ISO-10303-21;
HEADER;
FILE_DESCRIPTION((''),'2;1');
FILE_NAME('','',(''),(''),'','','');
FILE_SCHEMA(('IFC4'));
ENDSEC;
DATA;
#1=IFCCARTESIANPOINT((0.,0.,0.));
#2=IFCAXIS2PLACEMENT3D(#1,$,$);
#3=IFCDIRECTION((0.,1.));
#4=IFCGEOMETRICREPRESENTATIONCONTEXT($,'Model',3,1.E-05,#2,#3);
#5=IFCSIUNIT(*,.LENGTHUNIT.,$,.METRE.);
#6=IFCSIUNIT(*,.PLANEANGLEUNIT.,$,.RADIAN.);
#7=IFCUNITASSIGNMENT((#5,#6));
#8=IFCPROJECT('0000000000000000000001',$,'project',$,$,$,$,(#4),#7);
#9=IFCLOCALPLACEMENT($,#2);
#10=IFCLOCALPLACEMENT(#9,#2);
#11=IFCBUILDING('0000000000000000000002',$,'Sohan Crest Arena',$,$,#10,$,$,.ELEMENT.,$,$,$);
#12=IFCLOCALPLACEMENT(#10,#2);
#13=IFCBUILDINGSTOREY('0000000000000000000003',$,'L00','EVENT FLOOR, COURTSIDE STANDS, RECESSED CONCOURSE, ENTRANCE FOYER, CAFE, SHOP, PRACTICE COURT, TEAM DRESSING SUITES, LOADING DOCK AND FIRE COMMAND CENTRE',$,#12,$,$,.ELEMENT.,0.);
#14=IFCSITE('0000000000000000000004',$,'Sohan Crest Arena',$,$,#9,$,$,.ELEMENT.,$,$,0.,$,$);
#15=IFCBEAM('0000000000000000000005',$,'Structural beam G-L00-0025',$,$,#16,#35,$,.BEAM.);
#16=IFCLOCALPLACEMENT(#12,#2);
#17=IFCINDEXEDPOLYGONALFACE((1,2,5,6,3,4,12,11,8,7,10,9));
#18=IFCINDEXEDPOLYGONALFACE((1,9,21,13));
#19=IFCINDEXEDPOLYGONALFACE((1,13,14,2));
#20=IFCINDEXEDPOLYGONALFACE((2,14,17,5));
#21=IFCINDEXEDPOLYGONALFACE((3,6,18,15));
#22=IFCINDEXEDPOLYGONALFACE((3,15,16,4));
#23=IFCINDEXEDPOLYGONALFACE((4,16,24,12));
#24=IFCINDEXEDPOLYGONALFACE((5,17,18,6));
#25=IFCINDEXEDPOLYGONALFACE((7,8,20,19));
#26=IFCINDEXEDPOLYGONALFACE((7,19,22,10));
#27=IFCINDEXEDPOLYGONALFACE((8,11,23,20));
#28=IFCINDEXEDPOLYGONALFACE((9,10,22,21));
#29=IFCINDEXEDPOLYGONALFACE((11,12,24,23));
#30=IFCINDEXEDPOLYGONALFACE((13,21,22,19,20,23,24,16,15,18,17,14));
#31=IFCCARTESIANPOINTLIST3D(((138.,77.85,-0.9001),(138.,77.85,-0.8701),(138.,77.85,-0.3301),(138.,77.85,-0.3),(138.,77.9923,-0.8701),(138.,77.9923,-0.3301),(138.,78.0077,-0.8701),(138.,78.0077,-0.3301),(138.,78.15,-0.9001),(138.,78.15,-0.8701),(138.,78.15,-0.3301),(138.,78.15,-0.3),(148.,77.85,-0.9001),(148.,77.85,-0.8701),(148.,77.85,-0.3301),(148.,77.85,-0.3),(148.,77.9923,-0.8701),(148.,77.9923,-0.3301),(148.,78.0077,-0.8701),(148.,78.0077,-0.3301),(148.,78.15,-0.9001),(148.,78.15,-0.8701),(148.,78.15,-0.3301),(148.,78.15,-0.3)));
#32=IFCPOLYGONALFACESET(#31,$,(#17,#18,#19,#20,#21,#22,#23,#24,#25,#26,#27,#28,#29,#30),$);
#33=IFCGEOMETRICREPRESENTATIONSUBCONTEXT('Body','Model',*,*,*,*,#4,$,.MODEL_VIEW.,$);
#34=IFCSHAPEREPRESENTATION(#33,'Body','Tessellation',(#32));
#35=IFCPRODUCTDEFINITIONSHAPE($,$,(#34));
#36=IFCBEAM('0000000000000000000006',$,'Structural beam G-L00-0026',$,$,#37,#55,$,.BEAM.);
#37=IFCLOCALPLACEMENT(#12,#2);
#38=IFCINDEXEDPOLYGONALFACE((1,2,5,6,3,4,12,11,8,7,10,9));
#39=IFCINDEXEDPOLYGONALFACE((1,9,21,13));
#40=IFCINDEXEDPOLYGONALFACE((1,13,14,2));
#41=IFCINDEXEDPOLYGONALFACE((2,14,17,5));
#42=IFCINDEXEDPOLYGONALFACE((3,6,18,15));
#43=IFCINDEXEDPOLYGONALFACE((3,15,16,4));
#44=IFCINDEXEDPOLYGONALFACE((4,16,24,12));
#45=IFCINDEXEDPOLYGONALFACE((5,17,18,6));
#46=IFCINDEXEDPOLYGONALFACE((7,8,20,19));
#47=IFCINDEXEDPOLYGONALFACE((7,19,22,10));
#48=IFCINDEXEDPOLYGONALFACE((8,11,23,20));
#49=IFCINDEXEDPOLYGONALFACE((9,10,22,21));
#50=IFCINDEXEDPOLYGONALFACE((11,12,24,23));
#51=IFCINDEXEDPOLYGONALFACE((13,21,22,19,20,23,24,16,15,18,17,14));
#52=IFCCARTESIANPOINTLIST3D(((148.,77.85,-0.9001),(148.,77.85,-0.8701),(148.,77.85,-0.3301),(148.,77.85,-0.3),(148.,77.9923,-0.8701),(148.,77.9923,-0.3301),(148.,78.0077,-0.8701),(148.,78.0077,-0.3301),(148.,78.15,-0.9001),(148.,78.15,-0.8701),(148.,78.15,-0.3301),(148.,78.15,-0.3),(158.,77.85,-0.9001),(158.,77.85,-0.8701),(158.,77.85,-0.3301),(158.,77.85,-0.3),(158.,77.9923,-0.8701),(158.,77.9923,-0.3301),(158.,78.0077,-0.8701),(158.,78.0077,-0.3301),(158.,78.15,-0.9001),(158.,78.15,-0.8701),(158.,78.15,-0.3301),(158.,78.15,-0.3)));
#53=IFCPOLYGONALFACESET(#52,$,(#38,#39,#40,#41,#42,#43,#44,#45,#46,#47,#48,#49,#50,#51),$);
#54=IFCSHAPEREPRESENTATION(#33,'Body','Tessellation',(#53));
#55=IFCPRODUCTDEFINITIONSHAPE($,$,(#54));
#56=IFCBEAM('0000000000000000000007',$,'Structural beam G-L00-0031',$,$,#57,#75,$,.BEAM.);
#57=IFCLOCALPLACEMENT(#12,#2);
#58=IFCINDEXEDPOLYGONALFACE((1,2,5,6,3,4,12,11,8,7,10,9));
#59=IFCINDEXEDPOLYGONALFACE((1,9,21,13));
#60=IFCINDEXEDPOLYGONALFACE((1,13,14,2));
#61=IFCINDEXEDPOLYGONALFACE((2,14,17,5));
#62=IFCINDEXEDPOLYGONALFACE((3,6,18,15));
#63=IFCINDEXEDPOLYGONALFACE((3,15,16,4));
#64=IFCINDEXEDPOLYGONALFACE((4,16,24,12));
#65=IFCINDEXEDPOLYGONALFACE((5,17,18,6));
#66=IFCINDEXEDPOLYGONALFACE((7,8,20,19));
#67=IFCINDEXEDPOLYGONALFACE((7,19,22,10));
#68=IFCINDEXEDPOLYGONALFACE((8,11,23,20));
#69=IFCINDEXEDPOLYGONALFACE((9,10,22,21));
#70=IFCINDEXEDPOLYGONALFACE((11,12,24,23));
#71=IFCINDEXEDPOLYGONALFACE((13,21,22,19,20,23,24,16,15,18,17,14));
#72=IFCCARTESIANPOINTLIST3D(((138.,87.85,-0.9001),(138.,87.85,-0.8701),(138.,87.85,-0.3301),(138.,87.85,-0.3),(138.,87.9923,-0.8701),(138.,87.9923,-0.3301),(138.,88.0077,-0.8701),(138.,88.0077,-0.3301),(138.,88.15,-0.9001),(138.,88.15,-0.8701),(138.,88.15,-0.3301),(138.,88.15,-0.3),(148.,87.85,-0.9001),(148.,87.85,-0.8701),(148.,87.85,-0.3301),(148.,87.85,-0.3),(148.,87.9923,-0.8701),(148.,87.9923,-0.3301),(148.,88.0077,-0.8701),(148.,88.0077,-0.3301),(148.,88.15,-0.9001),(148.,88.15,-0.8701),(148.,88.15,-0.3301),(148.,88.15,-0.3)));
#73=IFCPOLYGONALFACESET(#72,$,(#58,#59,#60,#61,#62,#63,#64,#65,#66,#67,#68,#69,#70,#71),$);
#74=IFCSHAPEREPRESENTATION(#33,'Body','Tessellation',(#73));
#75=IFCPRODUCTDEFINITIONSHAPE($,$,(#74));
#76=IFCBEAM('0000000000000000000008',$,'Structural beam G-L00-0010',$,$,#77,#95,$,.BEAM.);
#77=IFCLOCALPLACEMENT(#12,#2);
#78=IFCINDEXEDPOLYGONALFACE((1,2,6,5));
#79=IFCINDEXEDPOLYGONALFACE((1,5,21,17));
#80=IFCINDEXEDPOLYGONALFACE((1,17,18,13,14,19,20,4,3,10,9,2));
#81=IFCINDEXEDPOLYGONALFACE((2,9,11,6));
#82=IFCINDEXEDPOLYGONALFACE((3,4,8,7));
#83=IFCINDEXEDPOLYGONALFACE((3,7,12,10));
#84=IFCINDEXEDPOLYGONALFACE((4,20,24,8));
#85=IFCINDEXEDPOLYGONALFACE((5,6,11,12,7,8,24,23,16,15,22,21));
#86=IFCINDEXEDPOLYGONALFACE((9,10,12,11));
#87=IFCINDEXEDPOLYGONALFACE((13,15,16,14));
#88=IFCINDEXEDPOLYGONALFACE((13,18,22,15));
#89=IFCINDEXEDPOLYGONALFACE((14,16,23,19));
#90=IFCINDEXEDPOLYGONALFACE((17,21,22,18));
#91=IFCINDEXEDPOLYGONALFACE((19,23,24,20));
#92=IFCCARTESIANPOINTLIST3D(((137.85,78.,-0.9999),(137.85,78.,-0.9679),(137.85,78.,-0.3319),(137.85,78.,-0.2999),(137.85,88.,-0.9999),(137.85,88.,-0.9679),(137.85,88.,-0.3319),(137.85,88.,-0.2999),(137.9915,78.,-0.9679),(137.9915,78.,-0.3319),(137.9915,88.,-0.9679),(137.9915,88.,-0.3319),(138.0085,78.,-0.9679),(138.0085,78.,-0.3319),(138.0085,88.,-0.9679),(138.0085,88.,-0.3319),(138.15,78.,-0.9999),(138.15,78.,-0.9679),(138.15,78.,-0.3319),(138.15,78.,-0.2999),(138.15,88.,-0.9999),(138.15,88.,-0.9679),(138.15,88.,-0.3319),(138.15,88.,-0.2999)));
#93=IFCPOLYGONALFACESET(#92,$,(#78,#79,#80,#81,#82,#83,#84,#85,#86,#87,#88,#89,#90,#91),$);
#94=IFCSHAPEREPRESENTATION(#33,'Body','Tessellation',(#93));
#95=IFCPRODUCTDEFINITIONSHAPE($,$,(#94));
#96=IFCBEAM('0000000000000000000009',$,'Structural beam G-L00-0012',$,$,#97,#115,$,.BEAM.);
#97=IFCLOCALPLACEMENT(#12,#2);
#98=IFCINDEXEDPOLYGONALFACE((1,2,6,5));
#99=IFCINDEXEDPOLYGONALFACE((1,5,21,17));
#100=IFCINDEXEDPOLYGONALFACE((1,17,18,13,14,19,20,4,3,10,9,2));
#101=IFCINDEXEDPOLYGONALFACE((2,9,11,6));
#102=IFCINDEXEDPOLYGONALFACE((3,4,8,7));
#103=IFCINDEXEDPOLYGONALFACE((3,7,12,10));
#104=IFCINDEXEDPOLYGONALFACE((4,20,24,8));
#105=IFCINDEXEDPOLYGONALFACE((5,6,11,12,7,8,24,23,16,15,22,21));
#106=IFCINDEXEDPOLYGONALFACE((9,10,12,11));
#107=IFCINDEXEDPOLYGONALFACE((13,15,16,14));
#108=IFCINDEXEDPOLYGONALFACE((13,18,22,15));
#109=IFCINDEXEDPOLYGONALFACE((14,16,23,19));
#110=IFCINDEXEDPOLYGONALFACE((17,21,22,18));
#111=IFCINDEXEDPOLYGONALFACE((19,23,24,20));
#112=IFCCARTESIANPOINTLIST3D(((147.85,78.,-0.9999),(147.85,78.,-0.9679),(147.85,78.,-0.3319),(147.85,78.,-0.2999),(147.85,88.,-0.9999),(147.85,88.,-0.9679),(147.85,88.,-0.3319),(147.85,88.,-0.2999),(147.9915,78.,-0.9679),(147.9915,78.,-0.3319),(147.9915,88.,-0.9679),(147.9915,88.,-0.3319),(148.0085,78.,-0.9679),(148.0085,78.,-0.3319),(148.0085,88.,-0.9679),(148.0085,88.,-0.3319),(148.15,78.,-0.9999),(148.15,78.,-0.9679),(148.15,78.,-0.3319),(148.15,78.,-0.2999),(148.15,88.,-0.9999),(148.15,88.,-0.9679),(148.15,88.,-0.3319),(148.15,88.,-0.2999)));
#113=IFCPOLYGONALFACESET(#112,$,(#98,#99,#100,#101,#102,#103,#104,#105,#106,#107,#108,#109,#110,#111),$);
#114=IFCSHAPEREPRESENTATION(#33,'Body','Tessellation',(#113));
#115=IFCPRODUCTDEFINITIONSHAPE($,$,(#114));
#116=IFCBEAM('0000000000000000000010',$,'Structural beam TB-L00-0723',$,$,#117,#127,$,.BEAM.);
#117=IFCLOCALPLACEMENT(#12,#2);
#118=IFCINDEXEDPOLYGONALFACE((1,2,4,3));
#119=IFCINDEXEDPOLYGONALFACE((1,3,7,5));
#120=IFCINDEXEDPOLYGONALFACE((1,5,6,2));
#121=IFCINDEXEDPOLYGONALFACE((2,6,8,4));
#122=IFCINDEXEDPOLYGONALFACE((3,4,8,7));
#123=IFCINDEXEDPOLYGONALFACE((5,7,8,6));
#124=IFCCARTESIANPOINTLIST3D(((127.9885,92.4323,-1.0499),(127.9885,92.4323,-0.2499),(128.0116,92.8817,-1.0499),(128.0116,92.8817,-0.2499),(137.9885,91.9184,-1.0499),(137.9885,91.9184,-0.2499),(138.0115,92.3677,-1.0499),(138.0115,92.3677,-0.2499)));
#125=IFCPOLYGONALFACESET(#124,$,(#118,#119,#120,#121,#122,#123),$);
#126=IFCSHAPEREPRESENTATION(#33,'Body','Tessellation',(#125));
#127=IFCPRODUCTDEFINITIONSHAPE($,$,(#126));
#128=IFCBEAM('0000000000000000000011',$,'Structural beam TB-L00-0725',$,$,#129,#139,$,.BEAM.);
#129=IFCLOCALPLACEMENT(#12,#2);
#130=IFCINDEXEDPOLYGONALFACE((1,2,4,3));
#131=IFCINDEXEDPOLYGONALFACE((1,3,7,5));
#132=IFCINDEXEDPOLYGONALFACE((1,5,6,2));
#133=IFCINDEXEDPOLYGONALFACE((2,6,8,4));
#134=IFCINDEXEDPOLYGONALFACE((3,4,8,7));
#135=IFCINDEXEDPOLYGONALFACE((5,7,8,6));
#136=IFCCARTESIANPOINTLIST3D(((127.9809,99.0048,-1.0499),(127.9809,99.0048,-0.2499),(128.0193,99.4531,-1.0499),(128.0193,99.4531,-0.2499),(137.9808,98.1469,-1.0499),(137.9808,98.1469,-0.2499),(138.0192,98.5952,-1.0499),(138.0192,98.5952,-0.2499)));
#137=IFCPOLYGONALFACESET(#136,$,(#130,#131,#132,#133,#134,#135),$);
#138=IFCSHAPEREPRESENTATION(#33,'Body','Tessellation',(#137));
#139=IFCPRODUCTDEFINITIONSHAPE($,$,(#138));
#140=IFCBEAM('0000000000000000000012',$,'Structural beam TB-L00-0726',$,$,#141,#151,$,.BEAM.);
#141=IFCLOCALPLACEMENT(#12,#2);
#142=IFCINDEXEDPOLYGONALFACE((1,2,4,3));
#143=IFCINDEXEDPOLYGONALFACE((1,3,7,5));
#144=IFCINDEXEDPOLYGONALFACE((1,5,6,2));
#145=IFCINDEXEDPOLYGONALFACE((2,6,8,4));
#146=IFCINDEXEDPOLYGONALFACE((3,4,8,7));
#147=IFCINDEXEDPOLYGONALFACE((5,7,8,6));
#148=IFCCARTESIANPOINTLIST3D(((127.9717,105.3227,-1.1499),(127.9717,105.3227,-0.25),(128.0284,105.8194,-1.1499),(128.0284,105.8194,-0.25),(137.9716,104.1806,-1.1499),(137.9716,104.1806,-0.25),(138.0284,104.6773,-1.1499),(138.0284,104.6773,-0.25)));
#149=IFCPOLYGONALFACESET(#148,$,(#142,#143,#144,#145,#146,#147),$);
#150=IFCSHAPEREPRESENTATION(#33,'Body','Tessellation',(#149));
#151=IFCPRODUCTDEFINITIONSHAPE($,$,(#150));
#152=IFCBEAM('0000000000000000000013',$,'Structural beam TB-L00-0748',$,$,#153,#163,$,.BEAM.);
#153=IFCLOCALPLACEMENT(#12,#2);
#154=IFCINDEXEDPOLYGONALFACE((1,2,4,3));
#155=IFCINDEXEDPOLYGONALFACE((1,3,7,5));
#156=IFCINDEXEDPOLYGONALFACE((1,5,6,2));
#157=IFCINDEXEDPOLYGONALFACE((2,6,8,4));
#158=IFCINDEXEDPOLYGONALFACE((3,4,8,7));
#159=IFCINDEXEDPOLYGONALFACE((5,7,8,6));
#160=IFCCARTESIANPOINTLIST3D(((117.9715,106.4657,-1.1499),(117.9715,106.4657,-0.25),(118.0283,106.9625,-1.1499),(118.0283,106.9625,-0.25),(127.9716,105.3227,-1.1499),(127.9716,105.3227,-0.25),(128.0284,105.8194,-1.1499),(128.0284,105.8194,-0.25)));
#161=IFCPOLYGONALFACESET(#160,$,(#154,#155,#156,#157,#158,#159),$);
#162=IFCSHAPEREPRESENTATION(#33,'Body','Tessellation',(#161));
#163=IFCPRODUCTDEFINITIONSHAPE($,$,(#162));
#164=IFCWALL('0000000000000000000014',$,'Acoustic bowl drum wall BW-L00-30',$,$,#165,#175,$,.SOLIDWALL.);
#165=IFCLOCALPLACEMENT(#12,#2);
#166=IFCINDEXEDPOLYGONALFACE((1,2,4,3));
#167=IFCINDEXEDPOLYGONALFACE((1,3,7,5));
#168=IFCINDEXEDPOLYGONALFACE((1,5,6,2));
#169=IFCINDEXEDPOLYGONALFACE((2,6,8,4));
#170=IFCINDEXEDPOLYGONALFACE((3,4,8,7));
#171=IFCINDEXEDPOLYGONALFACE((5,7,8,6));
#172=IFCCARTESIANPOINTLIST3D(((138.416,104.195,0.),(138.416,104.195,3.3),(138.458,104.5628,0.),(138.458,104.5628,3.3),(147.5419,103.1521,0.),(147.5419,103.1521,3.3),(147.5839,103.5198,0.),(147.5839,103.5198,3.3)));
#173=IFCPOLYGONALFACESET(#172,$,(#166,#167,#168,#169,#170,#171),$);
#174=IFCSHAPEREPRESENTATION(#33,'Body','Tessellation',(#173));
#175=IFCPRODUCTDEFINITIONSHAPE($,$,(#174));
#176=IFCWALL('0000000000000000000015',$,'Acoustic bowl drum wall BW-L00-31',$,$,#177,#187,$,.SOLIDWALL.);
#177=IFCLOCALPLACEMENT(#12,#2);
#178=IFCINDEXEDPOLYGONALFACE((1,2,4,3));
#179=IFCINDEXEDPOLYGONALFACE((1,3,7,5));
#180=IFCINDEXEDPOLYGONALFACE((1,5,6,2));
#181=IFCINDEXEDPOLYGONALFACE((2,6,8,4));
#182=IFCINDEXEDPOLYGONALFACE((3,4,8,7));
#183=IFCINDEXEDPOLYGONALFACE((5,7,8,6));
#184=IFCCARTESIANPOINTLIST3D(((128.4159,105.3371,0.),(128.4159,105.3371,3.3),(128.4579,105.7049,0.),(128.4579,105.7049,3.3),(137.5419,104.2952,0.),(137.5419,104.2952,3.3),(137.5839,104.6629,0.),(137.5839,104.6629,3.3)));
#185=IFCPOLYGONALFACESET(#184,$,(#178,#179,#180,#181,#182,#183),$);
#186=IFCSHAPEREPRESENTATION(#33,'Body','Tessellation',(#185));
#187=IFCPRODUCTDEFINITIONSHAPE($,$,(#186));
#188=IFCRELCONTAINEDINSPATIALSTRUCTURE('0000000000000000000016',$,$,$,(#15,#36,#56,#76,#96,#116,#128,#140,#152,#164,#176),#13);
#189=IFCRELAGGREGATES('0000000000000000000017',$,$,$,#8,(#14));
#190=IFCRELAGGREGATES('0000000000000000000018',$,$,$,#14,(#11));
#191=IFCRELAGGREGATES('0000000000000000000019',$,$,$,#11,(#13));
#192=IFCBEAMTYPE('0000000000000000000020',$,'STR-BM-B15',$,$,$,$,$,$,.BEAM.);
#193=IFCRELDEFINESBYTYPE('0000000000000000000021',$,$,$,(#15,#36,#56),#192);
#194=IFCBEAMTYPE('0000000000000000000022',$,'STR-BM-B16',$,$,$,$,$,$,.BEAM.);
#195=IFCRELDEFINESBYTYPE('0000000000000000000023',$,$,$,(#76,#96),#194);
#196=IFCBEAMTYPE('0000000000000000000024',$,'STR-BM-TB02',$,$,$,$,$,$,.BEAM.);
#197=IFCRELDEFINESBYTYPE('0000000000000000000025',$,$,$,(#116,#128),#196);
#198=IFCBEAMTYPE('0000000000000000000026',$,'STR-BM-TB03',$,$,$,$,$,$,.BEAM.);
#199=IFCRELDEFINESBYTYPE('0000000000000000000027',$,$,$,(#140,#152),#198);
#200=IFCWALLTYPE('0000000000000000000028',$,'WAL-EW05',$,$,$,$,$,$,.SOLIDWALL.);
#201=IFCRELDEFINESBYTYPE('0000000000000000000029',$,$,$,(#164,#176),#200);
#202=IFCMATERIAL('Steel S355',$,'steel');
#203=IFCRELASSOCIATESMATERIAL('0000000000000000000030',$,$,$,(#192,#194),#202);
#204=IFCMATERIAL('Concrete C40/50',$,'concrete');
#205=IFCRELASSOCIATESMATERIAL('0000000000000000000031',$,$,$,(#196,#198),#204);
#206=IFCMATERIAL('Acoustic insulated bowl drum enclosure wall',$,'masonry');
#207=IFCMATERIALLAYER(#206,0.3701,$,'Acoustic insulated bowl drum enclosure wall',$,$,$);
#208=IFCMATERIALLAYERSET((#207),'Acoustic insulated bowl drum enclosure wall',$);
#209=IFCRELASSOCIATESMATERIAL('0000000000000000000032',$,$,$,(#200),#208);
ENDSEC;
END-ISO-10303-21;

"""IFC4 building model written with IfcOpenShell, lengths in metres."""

from ifc_helpers import new_model, si_unit, direction, frame, frame_2d, origin, origin_2d, place, context, subcontext, project, spatial, rectangle, i_section, extrude, material, layer, layer_set, material_profile, profile_set, type_object, element, save


model = new_model("IFC4")

# Units and contexts
model_context = context("Model", 3, precision=1e-05, world=origin(), true_north=direction((0.0, 1.0)))
body_context = subcontext(model_context, "Body", "Model", "MODEL_VIEW")
ifc_project = project(units=[si_unit("LENGTHUNIT", "METRE"), si_unit("PLANEANGLEUNIT", "RADIAN")], contexts=[model_context])

# Site, building, storey
site_placement = place(None, origin())
site = spatial("IfcSite", under=ifc_project, at=site_placement, Name="Sohan Crest Arena", CompositionType="ELEMENT", RefElevation=0.0)
building_placement = place(site_placement, origin())
building = spatial("IfcBuilding", under=site, at=building_placement, Name="Sohan Crest Arena", CompositionType="ELEMENT")
storey_placement = place(building_placement, origin())
storey = spatial("IfcBuildingStorey", under=building, at=storey_placement, Name="L00", Description="EVENT FLOOR, COURTSIDE STANDS, RECESSED CONCOURSE, ENTRANCE FOYER, CAFE, SHOP, PRACTICE COURT, TEAM DRESSING SUITES, LOADING DOCK AND FIRE COMMAND CENTRE", CompositionType="ELEMENT", Elevation=0.0)

# Shared definitions
ifc_material_1 = material(Name="Concrete C40/50", Category="concrete")

# Beams
ifc_material_2 = material(Name="Steel S355", Category="steel")
ifc_material_profile_1 = material_profile(ifc_material_2, i_section(OverallWidth=0.3, OverallDepth=0.6001, WebThickness=0.0154, FlangeThickness=0.03, at=origin_2d()), Name="HEB 600")
ifc_profile_set_1 = profile_set([ifc_material_profile_1], Name="Steel S355")
beam_type_1 = type_object("IfcBeamType", Name="STR-BM-B15", PredefinedType="BEAM", material=ifc_profile_set_1)
for number, where, z_axis, x_axis, name in (
    (1, (138.0, 78.0, -0.6001), (1.0, 0.0, 0.0), (0.0, 1.0, 0.0), "Structural beam G-L00-0025"),
    (2, (148.0, 78.0, -0.6001), (1.0, 0.0, 0.0), (0.0, 1.0, 0.0), "Structural beam G-L00-0026"),
    (3, (138.0, 88.0, -0.6001), (1.0, 0.0, 0.0), (0.0, 1.0, 0.0), "Structural beam G-L00-0031"),
):
    element("IfcBeam", number, at=place(storey_placement, frame(where, z_axis=z_axis, x_axis=x_axis)), inside=storey, type_object=beam_type_1, Name=name, PredefinedType="BEAM", context=body_context, shape_type="SweptSolid", body=[
        extrude(i_section(OverallWidth=0.3, OverallDepth=0.6001, WebThickness=0.0154, FlangeThickness=0.03, at=origin_2d()), origin(), (0.0, 0.0, 1.0), 10.0),
    ])
ifc_material_profile_2 = material_profile(ifc_material_2, i_section(OverallWidth=0.3, OverallDepth=0.7, WebThickness=0.0171, FlangeThickness=0.032, at=origin_2d()), Name="HEB 700")
ifc_profile_set_2 = profile_set([ifc_material_profile_2], Name="Steel S355")
beam_type_2 = type_object("IfcBeamType", Name="STR-BM-B16", PredefinedType="BEAM", material=ifc_profile_set_2)
for number, where, z_axis, x_axis, name in (
    (4, (138.0, 78.0, -0.6499), (0.0, 1.0, 0.0), (-1.0, 0.0, 0.0), "Structural beam G-L00-0010"),
    (5, (148.0, 78.0, -0.6499), (0.0, 1.0, 0.0), (-1.0, 0.0, 0.0), "Structural beam G-L00-0012"),
):
    element("IfcBeam", number, at=place(storey_placement, frame(where, z_axis=z_axis, x_axis=x_axis)), inside=storey, type_object=beam_type_2, Name=name, PredefinedType="BEAM", context=body_context, shape_type="SweptSolid", body=[
        extrude(i_section(OverallWidth=0.3, OverallDepth=0.7, WebThickness=0.0171, FlangeThickness=0.032, at=origin_2d()), origin(), (0.0, 0.0, 1.0), 10.0),
    ])
ifc_material_profile_3 = material_profile(ifc_material_1, rectangle(XDim=0.45, YDim=0.8, at=origin_2d()), Name="RC-BM 450x800")
ifc_profile_set_3 = profile_set([ifc_material_profile_3], Name="Concrete C40/50")
beam_type_3 = type_object("IfcBeamType", Name="STR-BM-TB02", PredefinedType="BEAM", material=ifc_profile_set_3)
beam_1_placement = place(storey_placement, frame((138.0, 92.1431, -0.6499), z_axis=(-0.998682, 0.051324, 0.0), x_axis=(-0.051324, -0.998682, 0.0)))
element("IfcBeam", 6, at=beam_1_placement, inside=storey, type_object=beam_type_3, Name="Structural beam TB-L00-0723", PredefinedType="BEAM", context=body_context, shape_type="SweptSolid", body=[
    extrude(rectangle(XDim=0.45, YDim=0.8, at=origin_2d()), origin(), (0.0, 0.0, 1.0), 10.0132),
])
beam_2_placement = place(storey_placement, frame((138.0, 98.3711, -0.6499), z_axis=(-0.99634, 0.085477, 0.0), x_axis=(-0.085477, -0.99634, 0.0)))
element("IfcBeam", 7, at=beam_2_placement, inside=storey, type_object=beam_type_3, Name="Structural beam TB-L00-0725", PredefinedType="BEAM", context=body_context, shape_type="SweptSolid", body=[
    extrude(rectangle(XDim=0.45, YDim=0.8, at=origin_2d()), origin(), (0.0, 0.0, 1.0), 10.0366),
])
ifc_material_profile_4 = material_profile(ifc_material_1, rectangle(XDim=0.5, YDim=0.8999, at=origin_2d()), Name="RC-BM 500x900")
ifc_profile_set_4 = profile_set([ifc_material_profile_4], Name="Concrete C40/50")
beam_type_4 = type_object("IfcBeamType", Name="STR-BM-TB03", PredefinedType="BEAM", material=ifc_profile_set_4)
beam_3_placement = place(storey_placement, frame((138.0, 104.429, -0.7), z_axis=(-0.993541, 0.113471, 0.0), x_axis=(-0.113471, -0.993541, 0.0)))
element("IfcBeam", 8, at=beam_3_placement, inside=storey, type_object=beam_type_4, Name="Structural beam TB-L00-0726", PredefinedType="BEAM", context=body_context, shape_type="SweptSolid", body=[
    extrude(rectangle(XDim=0.5, YDim=0.8999, at=origin_2d()), origin(), (0.0, 0.0, 1.0), 10.0649),
])
beam_4_placement = place(storey_placement, frame((128.0, 105.571, -0.7), z_axis=(-0.99353, 0.113567, 0.0), x_axis=(-0.113567, -0.99353, 0.0)))
element("IfcBeam", 9, at=beam_4_placement, inside=storey, type_object=beam_type_4, Name="Structural beam TB-L00-0748", PredefinedType="BEAM", context=body_context, shape_type="SweptSolid", body=[
    extrude(rectangle(XDim=0.5, YDim=0.8999, at=origin_2d()), origin(), (0.0, 0.0, 1.0), 10.0652),
])

# Walls
ifc_material_3 = material(Name="Acoustic insulated bowl drum enclosure wall", Category="masonry")
ifc_layer = layer(ifc_material_3, 0.3701, Name="Acoustic insulated bowl drum enclosure wall")
ifc_layer_set = layer_set([ifc_layer], Name="Acoustic insulated bowl drum enclosure wall")
wall_type = type_object("IfcWallType", Name="WAL-EW05", PredefinedType="SOLIDWALL", material=ifc_layer_set)
for number, where, z_axis, x_axis, name in (
    (10, (147.563, 103.3359, 0.0), (0.0, 0.0, 1.0), (-0.993533, 0.113547, 0.0), "Acoustic bowl drum wall BW-L00-30"),
    (11, (137.563, 104.479, 0.0), (0.0, 0.0, 1.0), (-0.993545, 0.113442, 0.0), "Acoustic bowl drum wall BW-L00-31"),
):
    element("IfcWall", number, at=place(storey_placement, frame(where, z_axis=z_axis, x_axis=x_axis)), inside=storey, type_object=wall_type, Name=name, PredefinedType="SOLIDWALL", context=body_context, shape_type="SweptSolid", body=[
        extrude(rectangle(XDim=9.1853, YDim=0.3701, at=frame_2d((4.5928, 0.0))), origin(), (0.0, 0.0, 1.0), 3.3),
    ])

save(model, "model.ifc")
